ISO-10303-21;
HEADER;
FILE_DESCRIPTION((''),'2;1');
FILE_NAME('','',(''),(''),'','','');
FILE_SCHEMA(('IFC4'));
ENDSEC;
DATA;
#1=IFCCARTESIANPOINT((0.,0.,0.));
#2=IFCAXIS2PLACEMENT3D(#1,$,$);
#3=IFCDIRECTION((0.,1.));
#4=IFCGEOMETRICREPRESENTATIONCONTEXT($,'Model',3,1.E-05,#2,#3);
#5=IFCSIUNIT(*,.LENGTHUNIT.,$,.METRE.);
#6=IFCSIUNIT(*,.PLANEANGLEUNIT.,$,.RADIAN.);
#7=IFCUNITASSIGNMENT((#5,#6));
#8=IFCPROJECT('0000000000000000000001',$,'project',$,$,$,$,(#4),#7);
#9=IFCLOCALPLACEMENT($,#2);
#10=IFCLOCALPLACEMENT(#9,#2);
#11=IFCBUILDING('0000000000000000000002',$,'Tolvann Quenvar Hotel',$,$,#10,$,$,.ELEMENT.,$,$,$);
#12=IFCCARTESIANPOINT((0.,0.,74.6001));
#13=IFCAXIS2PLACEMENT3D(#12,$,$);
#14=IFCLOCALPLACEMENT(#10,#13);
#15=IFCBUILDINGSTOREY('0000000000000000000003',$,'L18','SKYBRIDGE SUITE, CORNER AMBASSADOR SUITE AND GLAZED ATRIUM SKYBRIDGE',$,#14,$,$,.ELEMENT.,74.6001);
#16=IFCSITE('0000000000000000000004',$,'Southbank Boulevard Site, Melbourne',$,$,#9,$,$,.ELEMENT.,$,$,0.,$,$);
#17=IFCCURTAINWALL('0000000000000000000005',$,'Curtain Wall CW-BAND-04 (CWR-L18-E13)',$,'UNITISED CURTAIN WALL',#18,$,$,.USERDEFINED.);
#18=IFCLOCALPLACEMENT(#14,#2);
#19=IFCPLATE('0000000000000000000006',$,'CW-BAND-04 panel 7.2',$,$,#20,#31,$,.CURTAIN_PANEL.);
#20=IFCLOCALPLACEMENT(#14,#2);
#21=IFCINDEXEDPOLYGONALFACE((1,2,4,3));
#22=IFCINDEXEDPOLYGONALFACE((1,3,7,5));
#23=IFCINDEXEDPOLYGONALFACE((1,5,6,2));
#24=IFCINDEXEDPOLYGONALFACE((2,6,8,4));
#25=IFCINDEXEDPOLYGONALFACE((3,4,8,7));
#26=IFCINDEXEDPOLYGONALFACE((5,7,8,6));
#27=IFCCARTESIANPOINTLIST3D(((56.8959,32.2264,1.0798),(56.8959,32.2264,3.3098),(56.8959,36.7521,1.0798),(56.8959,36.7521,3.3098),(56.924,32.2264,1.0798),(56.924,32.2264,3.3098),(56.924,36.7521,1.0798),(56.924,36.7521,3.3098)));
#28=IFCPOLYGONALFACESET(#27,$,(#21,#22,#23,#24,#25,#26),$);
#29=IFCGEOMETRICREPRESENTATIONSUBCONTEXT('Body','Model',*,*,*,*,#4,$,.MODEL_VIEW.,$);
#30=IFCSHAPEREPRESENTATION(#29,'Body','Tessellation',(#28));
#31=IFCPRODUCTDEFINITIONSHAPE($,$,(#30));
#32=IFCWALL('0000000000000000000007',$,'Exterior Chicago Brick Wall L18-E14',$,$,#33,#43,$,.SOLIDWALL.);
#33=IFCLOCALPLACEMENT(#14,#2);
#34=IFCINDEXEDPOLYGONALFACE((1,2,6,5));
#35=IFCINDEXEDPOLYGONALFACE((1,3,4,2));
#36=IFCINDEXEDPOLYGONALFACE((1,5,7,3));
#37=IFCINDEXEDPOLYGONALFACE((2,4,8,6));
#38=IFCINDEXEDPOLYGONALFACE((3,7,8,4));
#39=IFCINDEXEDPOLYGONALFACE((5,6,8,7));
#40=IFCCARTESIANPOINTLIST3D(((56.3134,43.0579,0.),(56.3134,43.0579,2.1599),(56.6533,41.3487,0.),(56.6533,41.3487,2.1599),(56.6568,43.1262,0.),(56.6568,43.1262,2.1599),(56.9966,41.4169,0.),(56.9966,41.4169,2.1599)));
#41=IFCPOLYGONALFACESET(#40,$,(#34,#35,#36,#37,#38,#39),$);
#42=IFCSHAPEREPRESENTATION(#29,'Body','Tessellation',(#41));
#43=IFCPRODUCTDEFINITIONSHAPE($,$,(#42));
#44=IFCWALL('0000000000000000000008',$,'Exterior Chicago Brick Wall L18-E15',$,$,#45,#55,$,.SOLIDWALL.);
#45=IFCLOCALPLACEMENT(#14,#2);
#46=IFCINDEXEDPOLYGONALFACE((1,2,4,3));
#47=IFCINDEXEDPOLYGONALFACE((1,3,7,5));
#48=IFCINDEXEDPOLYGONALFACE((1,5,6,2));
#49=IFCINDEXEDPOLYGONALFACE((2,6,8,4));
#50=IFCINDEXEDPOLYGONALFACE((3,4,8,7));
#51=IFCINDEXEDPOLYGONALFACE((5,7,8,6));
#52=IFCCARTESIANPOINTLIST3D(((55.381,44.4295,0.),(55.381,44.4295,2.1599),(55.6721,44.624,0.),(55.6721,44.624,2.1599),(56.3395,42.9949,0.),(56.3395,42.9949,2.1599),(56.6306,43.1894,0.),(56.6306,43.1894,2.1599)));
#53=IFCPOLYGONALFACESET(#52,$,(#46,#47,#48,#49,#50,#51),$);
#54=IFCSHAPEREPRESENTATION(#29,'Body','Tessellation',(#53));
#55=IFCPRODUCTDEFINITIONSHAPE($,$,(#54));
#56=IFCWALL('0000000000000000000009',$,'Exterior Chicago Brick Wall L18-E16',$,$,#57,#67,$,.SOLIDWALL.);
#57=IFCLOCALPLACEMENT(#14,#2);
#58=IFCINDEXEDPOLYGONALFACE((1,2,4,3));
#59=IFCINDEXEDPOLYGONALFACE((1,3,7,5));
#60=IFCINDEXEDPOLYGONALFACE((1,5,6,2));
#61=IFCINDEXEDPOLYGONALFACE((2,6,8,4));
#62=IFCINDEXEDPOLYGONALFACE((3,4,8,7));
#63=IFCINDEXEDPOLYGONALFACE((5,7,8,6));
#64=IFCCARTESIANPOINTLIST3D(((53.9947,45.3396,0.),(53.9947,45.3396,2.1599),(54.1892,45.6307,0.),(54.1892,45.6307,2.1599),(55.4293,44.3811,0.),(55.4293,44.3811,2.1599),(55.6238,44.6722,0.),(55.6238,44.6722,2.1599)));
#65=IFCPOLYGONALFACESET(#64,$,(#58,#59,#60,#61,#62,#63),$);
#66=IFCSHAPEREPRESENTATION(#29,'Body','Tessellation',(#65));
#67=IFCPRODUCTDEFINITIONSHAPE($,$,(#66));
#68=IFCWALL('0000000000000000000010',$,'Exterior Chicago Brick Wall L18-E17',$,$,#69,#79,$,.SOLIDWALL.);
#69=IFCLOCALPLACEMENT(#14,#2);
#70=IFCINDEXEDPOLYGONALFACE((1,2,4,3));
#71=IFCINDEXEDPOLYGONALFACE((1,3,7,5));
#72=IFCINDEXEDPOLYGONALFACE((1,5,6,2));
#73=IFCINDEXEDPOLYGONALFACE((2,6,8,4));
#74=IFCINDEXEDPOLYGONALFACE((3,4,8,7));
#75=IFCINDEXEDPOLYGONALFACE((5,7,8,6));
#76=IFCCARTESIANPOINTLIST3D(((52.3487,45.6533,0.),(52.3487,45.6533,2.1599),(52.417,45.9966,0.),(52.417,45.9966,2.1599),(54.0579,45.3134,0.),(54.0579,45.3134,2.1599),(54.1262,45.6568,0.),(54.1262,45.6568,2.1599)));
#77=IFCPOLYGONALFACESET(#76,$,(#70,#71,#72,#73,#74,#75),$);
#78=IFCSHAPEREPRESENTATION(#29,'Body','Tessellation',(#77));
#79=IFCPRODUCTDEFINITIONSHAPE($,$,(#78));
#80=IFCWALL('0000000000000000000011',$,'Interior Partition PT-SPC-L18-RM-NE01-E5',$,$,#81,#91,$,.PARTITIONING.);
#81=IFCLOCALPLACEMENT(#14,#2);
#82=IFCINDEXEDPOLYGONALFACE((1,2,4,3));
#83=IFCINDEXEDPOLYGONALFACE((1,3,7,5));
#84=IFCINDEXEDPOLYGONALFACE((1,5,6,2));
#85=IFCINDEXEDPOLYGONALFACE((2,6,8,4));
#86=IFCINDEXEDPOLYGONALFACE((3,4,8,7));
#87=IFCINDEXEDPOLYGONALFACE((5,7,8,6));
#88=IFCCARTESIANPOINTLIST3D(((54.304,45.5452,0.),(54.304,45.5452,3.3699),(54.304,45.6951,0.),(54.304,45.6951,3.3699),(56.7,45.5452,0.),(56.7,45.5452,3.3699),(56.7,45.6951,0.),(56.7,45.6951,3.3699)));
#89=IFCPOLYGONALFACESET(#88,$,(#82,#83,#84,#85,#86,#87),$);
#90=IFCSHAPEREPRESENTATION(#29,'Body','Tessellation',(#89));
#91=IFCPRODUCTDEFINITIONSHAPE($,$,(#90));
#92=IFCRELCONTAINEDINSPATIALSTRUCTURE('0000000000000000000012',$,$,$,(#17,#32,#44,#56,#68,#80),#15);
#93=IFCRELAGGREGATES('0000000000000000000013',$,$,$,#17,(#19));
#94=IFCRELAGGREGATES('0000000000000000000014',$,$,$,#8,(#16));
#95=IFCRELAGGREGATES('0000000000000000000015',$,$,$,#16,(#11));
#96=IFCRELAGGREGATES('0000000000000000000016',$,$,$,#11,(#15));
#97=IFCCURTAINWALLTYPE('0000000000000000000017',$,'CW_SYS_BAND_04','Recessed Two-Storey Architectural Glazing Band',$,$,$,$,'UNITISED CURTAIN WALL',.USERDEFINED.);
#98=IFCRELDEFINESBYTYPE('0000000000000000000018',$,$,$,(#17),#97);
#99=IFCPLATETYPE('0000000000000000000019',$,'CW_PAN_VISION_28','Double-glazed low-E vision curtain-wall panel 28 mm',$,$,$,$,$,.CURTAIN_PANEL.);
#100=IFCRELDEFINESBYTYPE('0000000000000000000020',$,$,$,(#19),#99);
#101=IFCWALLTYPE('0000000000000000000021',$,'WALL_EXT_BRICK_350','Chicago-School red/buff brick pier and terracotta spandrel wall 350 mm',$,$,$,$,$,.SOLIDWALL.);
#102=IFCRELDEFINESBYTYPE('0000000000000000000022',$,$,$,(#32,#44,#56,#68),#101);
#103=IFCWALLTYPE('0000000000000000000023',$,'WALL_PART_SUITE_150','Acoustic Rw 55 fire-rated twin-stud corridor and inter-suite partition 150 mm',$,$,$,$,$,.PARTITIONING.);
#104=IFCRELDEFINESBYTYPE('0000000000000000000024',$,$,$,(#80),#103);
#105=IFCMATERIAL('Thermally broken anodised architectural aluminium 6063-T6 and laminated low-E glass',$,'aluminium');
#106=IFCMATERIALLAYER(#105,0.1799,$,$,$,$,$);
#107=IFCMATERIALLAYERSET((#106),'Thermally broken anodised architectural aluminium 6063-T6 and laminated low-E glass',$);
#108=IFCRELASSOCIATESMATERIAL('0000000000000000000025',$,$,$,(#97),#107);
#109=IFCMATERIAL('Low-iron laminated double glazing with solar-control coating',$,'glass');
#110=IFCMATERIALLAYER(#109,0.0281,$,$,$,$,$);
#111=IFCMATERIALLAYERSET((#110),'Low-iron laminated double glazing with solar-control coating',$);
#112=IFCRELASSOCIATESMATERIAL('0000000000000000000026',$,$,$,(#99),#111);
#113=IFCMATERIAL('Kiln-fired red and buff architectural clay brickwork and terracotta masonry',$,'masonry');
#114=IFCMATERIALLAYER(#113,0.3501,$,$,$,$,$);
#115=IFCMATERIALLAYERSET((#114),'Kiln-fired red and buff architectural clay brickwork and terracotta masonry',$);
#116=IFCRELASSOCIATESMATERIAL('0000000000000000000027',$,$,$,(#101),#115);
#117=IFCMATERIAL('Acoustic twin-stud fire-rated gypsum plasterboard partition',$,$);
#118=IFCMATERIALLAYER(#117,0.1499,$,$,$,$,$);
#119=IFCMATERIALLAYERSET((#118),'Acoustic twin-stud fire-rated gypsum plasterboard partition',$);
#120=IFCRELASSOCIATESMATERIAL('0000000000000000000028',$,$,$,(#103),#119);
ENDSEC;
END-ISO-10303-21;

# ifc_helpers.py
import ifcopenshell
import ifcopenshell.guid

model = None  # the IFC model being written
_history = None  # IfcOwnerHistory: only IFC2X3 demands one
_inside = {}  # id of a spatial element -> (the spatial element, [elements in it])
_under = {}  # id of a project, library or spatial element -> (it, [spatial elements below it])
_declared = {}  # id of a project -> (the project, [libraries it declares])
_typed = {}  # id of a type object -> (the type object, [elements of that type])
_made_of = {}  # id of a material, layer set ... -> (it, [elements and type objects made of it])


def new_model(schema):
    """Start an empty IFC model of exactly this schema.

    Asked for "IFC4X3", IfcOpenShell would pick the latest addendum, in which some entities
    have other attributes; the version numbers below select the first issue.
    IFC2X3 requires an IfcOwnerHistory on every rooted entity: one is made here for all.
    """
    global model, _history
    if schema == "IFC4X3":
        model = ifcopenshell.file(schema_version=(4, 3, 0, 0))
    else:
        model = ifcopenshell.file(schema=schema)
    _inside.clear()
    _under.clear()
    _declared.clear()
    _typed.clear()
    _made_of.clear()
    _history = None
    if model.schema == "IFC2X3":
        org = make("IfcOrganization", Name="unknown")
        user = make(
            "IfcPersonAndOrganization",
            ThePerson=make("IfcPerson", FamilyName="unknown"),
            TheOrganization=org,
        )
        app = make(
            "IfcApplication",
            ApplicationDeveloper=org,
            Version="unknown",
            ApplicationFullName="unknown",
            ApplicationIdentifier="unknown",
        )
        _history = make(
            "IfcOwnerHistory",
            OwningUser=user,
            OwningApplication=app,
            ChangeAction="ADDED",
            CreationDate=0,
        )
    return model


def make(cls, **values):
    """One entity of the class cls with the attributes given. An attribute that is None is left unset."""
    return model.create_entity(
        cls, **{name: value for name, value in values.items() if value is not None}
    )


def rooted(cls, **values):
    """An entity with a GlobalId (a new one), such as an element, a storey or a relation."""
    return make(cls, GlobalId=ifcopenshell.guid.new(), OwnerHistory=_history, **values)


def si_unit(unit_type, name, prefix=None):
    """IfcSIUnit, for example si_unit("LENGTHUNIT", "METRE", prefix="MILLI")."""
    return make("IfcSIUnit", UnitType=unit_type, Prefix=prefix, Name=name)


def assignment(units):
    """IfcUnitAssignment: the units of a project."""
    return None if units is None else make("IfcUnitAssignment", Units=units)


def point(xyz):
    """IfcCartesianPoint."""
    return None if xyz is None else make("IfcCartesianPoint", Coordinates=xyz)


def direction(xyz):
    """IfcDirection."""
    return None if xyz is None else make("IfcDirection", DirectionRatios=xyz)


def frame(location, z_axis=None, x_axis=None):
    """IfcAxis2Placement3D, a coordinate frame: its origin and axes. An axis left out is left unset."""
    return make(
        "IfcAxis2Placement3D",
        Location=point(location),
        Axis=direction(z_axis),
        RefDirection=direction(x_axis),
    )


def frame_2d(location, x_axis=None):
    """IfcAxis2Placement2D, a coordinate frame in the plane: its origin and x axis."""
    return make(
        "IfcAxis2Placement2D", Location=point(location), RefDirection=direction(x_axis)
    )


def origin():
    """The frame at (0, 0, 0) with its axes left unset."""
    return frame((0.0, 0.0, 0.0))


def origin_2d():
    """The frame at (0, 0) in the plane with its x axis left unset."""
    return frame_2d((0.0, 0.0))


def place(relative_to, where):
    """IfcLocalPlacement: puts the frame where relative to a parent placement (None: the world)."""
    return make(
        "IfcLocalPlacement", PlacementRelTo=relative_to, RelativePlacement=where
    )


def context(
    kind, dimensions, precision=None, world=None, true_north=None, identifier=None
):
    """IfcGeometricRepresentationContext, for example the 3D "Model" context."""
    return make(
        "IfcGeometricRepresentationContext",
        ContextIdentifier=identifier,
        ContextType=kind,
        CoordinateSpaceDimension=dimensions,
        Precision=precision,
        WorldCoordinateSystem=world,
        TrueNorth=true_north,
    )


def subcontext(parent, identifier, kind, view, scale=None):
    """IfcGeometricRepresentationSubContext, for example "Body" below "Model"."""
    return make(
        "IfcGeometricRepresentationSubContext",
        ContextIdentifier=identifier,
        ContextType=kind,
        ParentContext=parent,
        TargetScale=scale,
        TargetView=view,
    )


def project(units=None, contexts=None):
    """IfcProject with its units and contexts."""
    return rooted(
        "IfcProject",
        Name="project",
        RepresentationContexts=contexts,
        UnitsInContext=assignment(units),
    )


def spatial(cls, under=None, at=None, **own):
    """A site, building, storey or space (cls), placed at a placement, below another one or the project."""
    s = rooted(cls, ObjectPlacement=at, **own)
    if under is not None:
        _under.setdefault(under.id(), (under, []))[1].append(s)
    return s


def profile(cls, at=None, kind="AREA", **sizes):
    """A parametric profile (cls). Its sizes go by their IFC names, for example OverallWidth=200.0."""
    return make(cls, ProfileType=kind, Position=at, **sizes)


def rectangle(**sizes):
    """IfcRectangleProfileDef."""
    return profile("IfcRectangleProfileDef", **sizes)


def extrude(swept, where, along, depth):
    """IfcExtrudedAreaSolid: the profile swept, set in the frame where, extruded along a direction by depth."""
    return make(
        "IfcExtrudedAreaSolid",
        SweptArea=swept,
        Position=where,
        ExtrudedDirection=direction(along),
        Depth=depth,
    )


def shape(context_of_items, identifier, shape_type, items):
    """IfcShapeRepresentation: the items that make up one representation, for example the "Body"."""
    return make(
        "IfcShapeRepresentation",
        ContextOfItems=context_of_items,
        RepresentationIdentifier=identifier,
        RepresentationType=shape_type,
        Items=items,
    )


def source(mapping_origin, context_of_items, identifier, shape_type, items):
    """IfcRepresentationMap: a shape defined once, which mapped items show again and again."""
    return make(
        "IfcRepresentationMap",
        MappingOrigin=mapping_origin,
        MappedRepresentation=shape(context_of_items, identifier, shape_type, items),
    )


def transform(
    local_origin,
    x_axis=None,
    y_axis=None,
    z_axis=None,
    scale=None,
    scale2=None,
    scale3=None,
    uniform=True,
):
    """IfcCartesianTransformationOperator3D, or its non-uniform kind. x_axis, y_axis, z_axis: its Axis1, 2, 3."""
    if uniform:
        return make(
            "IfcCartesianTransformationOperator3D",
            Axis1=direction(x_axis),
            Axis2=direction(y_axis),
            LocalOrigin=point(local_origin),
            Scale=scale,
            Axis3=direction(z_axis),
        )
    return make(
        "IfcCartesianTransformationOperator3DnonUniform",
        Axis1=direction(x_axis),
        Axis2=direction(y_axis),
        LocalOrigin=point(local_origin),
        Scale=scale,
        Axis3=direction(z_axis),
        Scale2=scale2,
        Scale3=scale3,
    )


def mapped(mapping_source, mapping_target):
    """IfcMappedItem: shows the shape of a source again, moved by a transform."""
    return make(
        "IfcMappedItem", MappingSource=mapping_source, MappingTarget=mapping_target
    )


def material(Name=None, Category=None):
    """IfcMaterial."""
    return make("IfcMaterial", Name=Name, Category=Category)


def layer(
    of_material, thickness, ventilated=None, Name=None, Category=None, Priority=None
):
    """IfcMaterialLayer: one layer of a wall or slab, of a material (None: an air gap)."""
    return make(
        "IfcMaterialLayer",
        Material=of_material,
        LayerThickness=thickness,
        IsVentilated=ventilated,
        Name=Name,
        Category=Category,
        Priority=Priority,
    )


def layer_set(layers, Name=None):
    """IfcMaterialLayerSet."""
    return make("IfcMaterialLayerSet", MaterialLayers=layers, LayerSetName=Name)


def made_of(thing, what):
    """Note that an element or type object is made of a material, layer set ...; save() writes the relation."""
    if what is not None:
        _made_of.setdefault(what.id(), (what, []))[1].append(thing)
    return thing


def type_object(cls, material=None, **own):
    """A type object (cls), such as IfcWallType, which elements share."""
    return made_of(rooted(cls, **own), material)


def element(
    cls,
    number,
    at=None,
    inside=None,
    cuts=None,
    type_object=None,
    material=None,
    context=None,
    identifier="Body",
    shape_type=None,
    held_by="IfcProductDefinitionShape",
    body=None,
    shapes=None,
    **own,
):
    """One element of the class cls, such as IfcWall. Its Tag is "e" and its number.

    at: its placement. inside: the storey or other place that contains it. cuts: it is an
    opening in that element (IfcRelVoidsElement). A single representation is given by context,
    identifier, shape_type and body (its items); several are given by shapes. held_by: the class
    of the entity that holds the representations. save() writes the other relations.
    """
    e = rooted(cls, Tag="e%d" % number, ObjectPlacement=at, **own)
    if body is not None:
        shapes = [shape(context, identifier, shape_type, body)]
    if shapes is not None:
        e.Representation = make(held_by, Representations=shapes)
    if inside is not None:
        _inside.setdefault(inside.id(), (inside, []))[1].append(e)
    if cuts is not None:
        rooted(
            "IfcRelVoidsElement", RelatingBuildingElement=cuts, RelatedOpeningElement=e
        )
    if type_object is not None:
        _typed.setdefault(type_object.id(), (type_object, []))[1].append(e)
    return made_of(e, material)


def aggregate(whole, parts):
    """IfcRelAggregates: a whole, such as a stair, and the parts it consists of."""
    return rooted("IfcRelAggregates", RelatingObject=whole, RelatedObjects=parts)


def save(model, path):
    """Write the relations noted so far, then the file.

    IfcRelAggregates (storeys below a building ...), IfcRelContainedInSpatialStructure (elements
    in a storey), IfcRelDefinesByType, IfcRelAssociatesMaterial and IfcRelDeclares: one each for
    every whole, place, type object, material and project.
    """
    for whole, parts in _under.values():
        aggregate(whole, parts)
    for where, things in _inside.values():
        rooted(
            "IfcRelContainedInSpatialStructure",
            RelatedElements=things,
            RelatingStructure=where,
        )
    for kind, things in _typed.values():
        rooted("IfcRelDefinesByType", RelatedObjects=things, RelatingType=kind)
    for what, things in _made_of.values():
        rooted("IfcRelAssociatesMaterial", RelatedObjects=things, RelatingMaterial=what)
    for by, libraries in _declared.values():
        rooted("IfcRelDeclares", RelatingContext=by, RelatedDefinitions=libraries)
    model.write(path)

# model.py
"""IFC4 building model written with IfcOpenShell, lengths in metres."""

from ifc_helpers import new_model, si_unit, direction, frame, frame_2d, origin, origin_2d, place, context, subcontext, project, spatial, rectangle, extrude, source, transform, mapped, material, layer, layer_set, type_object, element, aggregate, save


model = new_model("IFC4")

# Units and contexts
model_context = context("Model", 3, precision=1e-05, world=origin(), true_north=direction((0.0, 1.0)))
body_context = subcontext(model_context, "Body", "Model", "MODEL_VIEW")
ifc_project = project(units=[si_unit("LENGTHUNIT", "METRE"), si_unit("PLANEANGLEUNIT", "RADIAN")], contexts=[model_context])

# Site, building, storey
site_placement = place(None, origin())
site = spatial("IfcSite", under=ifc_project, at=site_placement, Name="Southbank Boulevard Site, Melbourne", CompositionType="ELEMENT", RefElevation=0.0)
building_placement = place(site_placement, origin())
building = spatial("IfcBuilding", under=site, at=building_placement, Name="Tolvann Quenvar Hotel", CompositionType="ELEMENT")
storey_placement = place(building_placement, frame((0.0, 0.0, 74.6001)))
storey = spatial("IfcBuildingStorey", under=building, at=storey_placement, Name="L18", Description="SKYBRIDGE SUITE, CORNER AMBASSADOR SUITE AND GLAZED ATRIUM SKYBRIDGE", CompositionType="ELEMENT", Elevation=74.6001)

# Curtain wall, plate
ifc_material_1 = material(Name="Thermally broken anodised architectural aluminium 6063-T6 and laminated low-E glass", Category="aluminium")
ifc_layer_1 = layer(ifc_material_1, 0.1799)
ifc_layer_set_1 = layer_set([ifc_layer_1], Name="Thermally broken anodised architectural aluminium 6063-T6 and laminated low-E glass")
curtain_wall_type = type_object("IfcCurtainWallType", Name="CW_SYS_BAND_04", Description="Recessed Two-Storey Architectural Glazing Band", ElementType="UNITISED CURTAIN WALL", PredefinedType="USERDEFINED", material=ifc_layer_set_1)
curtain_wall_placement = place(storey_placement, origin())
curtain_wall = element("IfcCurtainWall", 1, at=curtain_wall_placement, inside=storey, type_object=curtain_wall_type, Name="Curtain Wall CW-BAND-04 (CWR-L18-E13)", ObjectType="UNITISED CURTAIN WALL", PredefinedType="USERDEFINED")
ifc_material_2 = material(Name="Low-iron laminated double glazing with solar-control coating", Category="glass")
ifc_layer_2 = layer(ifc_material_2, 0.0281)
ifc_layer_set_2 = layer_set([ifc_layer_2], Name="Low-iron laminated double glazing with solar-control coating")
plate_type = type_object("IfcPlateType", Name="CW_PAN_VISION_28", Description="Double-glazed low-E vision curtain-wall panel 28 mm", PredefinedType="CURTAIN_PANEL", material=ifc_layer_set_2)
shared_shape_1 = source(origin(), body_context, "Body", "SweptSolid", [
    extrude(rectangle(XDim=4.5256, YDim=0.0281, at=origin_2d()), origin(), (0.0, 0.0, 1.0), 2.23),
])
plate_1_placement = place(storey_placement, frame((56.9099, 34.4893, 1.0798), z_axis=(0.0, 0.0, 1.0), x_axis=(0.0, 1.0, 0.0)))
plate_1 = element("IfcPlate", 2, at=plate_1_placement, type_object=plate_type, Name="CW-BAND-04 panel 7.2", PredefinedType="CURTAIN_PANEL", context=body_context, shape_type="MappedRepresentation", body=[
    mapped(shared_shape_1, transform((0.0, 0.0, 0.0), x_axis=(1.0, 0.0, 0.0), y_axis=(0.0, 1.0, 0.0), z_axis=(0.0, 0.0, 1.0), scale=1.0)),
])
aggregate(curtain_wall, [plate_1])

# Walls
ifc_material_3 = material(Name="Kiln-fired red and buff architectural clay brickwork and terracotta masonry", Category="masonry")
ifc_layer_3 = layer(ifc_material_3, 0.3501)
ifc_layer_set_3 = layer_set([ifc_layer_3], Name="Kiln-fired red and buff architectural clay brickwork and terracotta masonry")
wall_type_1 = type_object("IfcWallType", Name="WALL_EXT_BRICK_350", Description="Chicago-School red/buff brick pier and terracotta spandrel wall 350 mm", PredefinedType="SOLIDWALL", material=ifc_layer_set_3)
wall_1_placement = place(storey_placement, frame((56.825, 41.3828, 0.0), z_axis=(0.0, 0.0, 1.0), x_axis=(-0.195011, 0.980801, 0.0)))
element("IfcWall", 3, at=wall_1_placement, inside=storey, type_object=wall_type_1, Name="Exterior Chicago Brick Wall L18-E14", PredefinedType="SOLIDWALL", context=body_context, shape_type="SweptSolid", body=[
    extrude(rectangle(XDim=1.7427, YDim=0.3501, at=frame_2d((0.8713, 0.0))), origin(), (0.0, 0.0, 1.0), 2.1599),
])
for number, where, z_axis, x_axis, name in (
    (4, (56.4851, 43.092, 0.0), (0.0, 0.0, 1.0), (-0.555549, 0.831484, 0.0), "Exterior Chicago Brick Wall L18-E15"),
    (5, (55.5266, 44.5266, 0.0), (0.0, 0.0, 1.0), (-0.831484, 0.555549, 0.0), "Exterior Chicago Brick Wall L18-E16"),
):
    element("IfcWall", number, at=place(storey_placement, frame(where, z_axis=z_axis, x_axis=x_axis)), inside=storey, type_object=wall_type_1, Name=name, PredefinedType="SOLIDWALL", context=body_context, shape_type="SweptSolid", body=[
        extrude(rectangle(XDim=1.7253, YDim=0.3501, at=frame_2d((0.8628, 0.0))), origin(), (0.0, 0.0, 1.0), 2.1599),
    ])
wall_2_placement = place(storey_placement, frame((54.092, 45.4851, 0.0), z_axis=(0.0, 0.0, 1.0), x_axis=(-0.980801, 0.195011, 0.0)))
element("IfcWall", 6, at=wall_2_placement, inside=storey, type_object=wall_type_1, Name="Exterior Chicago Brick Wall L18-E17", PredefinedType="SOLIDWALL", context=body_context, shape_type="SweptSolid", body=[
    extrude(rectangle(XDim=1.7427, YDim=0.3501, at=frame_2d((0.8713, 0.0))), origin(), (0.0, 0.0, 1.0), 2.1599),
])

# Wall
ifc_material_4 = material(Name="Acoustic twin-stud fire-rated gypsum plasterboard partition")
ifc_layer_4 = layer(ifc_material_4, 0.1499)
ifc_layer_set_4 = layer_set([ifc_layer_4], Name="Acoustic twin-stud fire-rated gypsum plasterboard partition")
wall_type_2 = type_object("IfcWallType", Name="WALL_PART_SUITE_150", Description="Acoustic Rw 55 fire-rated twin-stud corridor and inter-suite partition 150 mm", PredefinedType="PARTITIONING", material=ifc_layer_set_4)
wall_3_placement = place(storey_placement, frame((54.304, 45.6201, 0.0), z_axis=(0.0, 0.0, 1.0), x_axis=(1.0, 0.0, 0.0)))
element("IfcWall", 7, at=wall_3_placement, inside=storey, type_object=wall_type_2, Name="Interior Partition PT-SPC-L18-RM-NE01-E5", PredefinedType="PARTITIONING", context=body_context, shape_type="SweptSolid", body=[
    extrude(rectangle(XDim=2.396, YDim=0.1499, at=frame_2d((1.198, 0.0))), origin(), (0.0, 0.0, 1.0), 3.3699),
])

save(model, "model.ifc")
